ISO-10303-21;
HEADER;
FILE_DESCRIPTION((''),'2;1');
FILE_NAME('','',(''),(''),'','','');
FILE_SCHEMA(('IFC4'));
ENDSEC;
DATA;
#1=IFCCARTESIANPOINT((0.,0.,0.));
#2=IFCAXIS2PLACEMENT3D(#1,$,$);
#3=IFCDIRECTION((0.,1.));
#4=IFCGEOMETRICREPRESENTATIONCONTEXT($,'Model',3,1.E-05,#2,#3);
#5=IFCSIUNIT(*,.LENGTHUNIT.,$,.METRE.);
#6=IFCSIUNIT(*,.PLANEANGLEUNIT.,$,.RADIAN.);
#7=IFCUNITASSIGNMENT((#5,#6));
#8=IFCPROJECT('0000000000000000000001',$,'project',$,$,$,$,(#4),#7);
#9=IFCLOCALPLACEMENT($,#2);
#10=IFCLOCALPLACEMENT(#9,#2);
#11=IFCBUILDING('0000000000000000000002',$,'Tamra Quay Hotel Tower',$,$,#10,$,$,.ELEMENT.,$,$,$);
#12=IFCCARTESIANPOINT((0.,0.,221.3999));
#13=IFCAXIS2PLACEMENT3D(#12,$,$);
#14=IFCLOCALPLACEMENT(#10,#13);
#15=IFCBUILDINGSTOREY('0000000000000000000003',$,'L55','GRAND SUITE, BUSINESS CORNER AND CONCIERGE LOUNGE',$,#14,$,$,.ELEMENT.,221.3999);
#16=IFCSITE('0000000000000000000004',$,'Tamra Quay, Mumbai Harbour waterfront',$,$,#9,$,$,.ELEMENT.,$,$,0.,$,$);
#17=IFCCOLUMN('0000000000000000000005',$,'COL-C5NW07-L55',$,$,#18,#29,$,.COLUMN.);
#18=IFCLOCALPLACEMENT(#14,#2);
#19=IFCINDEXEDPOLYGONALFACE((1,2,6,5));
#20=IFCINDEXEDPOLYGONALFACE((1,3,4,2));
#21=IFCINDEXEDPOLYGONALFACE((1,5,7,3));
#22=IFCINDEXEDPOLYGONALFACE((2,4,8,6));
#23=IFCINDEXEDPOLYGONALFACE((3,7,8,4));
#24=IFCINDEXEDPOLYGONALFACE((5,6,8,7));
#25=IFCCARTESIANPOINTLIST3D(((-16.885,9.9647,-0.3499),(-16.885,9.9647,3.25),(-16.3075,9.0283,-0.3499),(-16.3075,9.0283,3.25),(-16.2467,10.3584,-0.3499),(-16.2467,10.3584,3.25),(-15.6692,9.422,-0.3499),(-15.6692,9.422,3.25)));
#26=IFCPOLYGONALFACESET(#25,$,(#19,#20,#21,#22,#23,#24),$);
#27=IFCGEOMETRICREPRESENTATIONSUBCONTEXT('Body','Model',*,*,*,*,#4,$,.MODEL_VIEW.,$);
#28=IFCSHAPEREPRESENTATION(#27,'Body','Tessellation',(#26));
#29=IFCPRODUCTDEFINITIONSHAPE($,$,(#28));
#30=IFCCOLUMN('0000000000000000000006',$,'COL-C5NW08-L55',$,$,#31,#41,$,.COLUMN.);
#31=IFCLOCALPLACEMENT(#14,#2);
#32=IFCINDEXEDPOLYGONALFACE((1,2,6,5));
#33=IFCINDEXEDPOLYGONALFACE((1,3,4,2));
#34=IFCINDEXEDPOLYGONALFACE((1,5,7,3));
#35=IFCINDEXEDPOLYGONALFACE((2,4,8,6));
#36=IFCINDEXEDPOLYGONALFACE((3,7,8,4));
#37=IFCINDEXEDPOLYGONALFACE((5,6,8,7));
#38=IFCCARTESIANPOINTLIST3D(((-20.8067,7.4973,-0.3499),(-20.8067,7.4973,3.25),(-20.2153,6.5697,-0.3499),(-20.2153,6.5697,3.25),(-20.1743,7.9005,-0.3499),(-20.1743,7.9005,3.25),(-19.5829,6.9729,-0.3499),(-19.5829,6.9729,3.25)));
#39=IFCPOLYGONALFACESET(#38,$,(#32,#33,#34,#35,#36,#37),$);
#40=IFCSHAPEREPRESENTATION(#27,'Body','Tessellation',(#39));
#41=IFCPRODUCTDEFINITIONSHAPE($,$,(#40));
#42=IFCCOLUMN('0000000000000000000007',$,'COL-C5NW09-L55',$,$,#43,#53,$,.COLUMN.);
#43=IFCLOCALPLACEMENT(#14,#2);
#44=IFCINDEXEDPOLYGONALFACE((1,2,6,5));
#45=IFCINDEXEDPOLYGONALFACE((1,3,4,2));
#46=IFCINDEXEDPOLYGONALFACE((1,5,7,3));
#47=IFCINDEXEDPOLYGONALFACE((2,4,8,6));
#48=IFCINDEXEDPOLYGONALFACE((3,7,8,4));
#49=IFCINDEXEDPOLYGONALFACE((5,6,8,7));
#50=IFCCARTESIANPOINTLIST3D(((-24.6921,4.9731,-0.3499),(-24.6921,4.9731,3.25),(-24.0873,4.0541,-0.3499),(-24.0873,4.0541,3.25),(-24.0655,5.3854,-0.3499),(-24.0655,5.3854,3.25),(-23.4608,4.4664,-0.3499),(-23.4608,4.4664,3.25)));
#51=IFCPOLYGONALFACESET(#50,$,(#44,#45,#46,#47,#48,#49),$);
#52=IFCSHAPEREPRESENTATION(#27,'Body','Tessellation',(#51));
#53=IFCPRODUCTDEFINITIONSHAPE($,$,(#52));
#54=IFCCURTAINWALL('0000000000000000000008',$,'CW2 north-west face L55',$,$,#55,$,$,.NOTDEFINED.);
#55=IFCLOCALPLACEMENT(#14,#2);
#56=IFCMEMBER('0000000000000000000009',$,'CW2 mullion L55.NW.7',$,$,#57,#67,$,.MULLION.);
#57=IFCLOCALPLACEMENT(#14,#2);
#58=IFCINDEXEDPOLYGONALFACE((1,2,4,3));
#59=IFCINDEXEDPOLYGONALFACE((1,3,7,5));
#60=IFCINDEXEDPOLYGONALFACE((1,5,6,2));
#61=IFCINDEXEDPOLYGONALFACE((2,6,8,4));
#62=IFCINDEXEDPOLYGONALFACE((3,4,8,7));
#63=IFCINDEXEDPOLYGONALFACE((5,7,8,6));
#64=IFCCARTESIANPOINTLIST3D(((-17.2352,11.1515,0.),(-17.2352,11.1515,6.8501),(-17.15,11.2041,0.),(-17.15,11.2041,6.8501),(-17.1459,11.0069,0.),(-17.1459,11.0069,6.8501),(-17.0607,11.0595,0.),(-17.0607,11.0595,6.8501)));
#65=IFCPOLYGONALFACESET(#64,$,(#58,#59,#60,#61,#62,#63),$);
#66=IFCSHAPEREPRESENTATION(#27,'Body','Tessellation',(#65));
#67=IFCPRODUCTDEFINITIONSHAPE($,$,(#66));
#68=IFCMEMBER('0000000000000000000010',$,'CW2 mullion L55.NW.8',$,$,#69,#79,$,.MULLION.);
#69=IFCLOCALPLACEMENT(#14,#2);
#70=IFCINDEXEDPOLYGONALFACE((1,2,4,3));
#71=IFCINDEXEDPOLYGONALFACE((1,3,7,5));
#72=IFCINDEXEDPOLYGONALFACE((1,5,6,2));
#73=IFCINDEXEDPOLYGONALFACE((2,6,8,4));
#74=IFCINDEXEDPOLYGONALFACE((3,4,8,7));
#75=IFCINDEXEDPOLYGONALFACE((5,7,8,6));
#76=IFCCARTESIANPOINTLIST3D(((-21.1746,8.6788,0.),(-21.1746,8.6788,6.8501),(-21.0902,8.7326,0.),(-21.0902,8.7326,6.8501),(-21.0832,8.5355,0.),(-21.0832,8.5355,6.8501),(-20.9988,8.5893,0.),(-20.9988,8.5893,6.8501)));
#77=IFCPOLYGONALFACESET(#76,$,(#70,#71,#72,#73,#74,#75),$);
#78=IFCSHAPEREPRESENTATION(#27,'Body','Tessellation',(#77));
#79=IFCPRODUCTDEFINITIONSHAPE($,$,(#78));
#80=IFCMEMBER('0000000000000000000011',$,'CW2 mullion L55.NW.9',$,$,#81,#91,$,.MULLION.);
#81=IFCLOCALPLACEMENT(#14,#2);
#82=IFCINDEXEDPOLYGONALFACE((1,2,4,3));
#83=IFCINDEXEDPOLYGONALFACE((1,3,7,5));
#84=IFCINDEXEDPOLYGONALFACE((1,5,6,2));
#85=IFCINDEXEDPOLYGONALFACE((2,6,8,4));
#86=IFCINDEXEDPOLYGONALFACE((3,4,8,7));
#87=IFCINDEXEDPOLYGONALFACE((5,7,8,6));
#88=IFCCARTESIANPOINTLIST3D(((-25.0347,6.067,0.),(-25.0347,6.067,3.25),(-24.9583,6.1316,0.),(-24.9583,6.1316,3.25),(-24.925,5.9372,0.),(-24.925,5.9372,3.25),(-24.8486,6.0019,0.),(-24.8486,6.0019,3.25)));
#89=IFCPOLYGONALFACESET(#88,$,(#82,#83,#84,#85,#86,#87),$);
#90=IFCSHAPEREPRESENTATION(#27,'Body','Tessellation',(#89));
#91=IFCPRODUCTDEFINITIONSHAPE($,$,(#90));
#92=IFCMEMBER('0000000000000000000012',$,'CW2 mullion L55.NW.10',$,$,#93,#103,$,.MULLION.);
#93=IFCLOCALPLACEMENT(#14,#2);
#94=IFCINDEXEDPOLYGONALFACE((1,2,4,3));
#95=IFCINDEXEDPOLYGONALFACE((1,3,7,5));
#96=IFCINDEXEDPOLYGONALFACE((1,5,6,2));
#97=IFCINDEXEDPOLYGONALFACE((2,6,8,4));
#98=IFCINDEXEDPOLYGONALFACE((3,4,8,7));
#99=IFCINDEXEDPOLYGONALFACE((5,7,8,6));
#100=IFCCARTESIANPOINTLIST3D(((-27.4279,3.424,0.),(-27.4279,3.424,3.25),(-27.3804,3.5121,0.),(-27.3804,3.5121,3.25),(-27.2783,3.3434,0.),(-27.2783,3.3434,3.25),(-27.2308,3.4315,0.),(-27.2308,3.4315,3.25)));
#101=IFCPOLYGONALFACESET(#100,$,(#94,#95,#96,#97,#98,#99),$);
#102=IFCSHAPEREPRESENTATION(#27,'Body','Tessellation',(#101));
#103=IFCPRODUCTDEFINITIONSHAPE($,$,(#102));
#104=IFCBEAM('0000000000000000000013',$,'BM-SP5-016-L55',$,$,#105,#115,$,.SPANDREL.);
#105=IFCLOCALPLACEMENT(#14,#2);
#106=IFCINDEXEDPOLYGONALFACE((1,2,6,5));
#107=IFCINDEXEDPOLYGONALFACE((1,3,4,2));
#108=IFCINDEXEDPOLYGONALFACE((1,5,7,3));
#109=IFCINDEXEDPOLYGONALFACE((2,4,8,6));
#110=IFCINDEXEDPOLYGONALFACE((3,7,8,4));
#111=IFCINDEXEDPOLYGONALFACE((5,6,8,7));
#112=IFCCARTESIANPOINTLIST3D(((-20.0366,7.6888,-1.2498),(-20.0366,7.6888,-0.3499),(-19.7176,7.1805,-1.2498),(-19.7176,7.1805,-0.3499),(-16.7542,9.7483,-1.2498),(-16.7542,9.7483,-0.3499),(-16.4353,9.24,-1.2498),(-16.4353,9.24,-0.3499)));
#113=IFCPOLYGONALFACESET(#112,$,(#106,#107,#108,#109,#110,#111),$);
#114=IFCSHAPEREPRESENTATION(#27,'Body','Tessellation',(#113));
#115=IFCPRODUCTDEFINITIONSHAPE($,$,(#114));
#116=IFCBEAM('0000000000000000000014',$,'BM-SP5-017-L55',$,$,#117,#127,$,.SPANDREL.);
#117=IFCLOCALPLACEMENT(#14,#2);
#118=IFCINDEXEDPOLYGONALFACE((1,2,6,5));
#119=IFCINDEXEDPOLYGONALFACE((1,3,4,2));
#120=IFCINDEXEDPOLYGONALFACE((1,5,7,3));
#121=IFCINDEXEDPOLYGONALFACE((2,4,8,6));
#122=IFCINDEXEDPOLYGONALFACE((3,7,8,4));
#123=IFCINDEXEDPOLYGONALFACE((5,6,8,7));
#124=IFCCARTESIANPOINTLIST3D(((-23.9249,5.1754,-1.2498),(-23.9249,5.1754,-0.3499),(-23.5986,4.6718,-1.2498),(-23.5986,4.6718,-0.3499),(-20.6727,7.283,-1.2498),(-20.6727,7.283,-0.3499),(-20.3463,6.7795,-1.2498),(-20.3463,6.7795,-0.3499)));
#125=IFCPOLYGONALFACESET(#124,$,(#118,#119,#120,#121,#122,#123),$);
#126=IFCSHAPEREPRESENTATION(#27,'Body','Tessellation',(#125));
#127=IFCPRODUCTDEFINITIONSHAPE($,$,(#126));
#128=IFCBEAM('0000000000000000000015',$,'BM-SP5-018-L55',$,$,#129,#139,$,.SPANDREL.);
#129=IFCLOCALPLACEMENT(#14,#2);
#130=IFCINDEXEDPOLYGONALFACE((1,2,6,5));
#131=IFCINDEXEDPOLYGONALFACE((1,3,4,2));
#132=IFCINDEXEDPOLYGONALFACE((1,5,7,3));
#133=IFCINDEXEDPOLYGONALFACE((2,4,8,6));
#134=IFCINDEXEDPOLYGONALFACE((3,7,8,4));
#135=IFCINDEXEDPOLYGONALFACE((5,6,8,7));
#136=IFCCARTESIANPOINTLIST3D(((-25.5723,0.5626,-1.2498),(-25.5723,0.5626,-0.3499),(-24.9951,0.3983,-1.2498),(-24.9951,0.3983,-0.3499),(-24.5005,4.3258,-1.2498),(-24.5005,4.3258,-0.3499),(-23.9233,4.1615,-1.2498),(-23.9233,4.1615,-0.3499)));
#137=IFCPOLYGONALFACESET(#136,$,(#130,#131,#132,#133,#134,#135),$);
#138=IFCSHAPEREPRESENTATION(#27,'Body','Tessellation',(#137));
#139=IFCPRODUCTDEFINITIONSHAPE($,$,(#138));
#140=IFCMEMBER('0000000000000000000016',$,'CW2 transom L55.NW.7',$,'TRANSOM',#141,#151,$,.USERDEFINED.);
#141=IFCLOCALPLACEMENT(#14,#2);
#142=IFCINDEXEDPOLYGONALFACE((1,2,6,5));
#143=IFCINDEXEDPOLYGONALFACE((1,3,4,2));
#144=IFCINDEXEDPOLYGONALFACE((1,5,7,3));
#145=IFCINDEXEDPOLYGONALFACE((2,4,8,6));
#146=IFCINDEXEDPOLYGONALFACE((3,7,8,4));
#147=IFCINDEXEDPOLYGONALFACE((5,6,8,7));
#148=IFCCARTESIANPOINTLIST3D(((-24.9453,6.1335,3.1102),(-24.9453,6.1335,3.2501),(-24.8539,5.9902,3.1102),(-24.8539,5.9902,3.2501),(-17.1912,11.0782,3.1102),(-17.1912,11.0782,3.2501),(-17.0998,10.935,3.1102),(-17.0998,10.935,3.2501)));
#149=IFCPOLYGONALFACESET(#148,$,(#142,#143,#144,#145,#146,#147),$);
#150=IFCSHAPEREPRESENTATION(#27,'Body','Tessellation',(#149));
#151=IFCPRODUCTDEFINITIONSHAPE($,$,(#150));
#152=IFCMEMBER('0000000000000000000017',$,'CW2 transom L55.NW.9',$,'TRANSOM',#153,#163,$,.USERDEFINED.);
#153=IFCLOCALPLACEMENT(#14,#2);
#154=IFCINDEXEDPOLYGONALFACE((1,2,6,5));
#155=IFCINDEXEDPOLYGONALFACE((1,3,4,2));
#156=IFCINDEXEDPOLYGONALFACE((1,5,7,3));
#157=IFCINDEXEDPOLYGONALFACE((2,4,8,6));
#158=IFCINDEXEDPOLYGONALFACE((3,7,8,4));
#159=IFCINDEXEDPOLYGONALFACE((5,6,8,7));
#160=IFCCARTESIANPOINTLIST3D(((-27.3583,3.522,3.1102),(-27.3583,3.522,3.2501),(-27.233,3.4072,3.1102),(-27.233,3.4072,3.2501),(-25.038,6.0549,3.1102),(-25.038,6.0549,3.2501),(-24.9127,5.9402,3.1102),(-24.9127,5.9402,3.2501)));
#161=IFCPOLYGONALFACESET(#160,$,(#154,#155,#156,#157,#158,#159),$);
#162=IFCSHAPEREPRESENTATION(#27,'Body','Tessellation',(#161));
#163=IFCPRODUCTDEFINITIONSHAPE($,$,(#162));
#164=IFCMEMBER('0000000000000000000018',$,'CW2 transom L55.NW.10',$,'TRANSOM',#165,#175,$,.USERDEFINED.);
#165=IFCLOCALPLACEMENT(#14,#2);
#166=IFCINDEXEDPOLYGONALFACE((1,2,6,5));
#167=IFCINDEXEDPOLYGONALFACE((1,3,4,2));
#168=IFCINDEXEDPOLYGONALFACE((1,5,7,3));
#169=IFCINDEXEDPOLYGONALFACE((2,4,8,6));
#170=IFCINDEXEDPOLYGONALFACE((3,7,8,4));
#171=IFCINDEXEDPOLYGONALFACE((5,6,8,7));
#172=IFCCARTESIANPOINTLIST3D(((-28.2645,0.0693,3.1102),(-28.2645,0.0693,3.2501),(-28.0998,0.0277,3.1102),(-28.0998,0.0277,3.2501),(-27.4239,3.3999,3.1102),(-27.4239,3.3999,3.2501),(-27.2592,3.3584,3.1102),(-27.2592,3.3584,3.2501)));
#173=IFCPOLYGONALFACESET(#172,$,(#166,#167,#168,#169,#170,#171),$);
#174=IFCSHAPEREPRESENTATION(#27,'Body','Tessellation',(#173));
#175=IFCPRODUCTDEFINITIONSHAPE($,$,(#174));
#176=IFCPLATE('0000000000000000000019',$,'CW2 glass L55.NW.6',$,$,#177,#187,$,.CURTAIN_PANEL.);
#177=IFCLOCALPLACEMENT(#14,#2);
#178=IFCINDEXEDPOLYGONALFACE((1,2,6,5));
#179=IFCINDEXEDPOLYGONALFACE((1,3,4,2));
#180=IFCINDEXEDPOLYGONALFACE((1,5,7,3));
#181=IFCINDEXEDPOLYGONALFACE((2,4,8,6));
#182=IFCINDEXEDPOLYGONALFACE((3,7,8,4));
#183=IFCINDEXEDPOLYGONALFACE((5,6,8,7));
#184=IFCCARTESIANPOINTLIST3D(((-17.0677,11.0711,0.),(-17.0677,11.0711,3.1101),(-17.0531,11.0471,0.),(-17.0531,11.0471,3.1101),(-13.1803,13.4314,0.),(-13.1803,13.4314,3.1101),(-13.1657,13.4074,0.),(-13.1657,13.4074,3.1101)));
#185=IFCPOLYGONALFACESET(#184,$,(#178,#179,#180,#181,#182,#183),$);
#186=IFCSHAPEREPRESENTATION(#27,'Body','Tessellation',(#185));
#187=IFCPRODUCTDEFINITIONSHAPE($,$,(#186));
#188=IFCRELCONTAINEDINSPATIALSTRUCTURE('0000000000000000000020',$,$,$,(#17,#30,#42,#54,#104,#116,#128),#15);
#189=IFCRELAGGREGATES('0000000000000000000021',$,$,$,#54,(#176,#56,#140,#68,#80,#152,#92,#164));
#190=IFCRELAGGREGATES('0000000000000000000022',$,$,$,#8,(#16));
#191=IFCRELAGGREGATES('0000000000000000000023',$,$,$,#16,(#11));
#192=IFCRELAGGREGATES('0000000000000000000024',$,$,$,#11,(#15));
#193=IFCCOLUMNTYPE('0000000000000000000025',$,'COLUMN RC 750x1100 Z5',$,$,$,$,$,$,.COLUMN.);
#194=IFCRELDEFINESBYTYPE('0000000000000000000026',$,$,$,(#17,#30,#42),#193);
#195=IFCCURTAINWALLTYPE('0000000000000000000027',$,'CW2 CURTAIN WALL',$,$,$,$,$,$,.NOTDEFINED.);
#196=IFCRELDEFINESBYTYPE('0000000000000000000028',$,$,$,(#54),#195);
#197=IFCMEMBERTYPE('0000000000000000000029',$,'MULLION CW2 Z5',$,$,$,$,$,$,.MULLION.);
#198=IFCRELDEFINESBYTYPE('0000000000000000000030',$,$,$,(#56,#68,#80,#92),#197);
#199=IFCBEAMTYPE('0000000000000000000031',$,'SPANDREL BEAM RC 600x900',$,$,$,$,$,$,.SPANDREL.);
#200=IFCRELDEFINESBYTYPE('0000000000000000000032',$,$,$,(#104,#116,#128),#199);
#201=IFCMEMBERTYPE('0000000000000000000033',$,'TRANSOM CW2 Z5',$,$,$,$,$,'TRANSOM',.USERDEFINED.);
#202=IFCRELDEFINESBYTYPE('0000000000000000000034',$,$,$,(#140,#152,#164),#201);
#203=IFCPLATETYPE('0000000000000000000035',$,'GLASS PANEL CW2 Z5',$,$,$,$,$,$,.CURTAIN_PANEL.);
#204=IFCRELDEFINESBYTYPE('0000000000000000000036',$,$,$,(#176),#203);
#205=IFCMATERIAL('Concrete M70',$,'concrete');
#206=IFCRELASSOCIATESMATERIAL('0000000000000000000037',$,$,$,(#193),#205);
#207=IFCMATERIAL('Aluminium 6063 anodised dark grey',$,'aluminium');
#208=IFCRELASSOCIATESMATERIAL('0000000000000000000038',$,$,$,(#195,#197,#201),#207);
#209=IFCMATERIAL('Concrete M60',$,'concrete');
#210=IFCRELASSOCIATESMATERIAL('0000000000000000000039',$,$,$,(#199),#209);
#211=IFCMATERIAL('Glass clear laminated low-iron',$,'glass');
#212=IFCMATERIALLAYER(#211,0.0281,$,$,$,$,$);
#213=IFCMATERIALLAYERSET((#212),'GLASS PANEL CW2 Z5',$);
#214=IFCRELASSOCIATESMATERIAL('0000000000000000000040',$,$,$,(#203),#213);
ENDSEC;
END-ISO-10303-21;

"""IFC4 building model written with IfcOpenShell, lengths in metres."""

from ifc_helpers import new_model, si_unit, direction, frame, origin, origin_2d, place, context, subcontext, project, spatial, rectangle, extrude, material, layer, layer_set, material_profile, profile_set, type_object, element, aggregate, save


model = new_model("IFC4")

# Units and contexts
model_context = context("Model", 3, precision=1e-05, world=origin(), true_north=direction((0.0, 1.0)))
body_context = subcontext(model_context, "Body", "Model", "MODEL_VIEW")
ifc_project = project(units=[si_unit("LENGTHUNIT", "METRE"), si_unit("PLANEANGLEUNIT", "RADIAN")], contexts=[model_context])

# Site, building, storey
site_placement = place(None, origin())
site = spatial("IfcSite", under=ifc_project, at=site_placement, Name="Tamra Quay, Mumbai Harbour waterfront", CompositionType="ELEMENT", RefElevation=0.0)
building_placement = place(site_placement, origin())
building = spatial("IfcBuilding", under=site, at=building_placement, Name="Tamra Quay Hotel Tower", CompositionType="ELEMENT")
storey_placement = place(building_placement, frame((0.0, 0.0, 221.3999)))
storey = spatial("IfcBuildingStorey", under=building, at=storey_placement, Name="L55", Description="GRAND SUITE, BUSINESS CORNER AND CONCIERGE LOUNGE", CompositionType="ELEMENT", Elevation=221.3999)

# Columns
ifc_material_1 = material(Name="Concrete M70", Category="concrete")
ifc_material_profile_1 = material_profile(ifc_material_1, rectangle(XDim=1.1001, YDim=0.75, at=origin_2d()), Name="COLUMN RC 750x1100 Z5")
ifc_profile_set_1 = profile_set([ifc_material_profile_1], Name="Concrete M70")
column_type = type_object("IfcColumnType", Name="COLUMN RC 750x1100 Z5", PredefinedType="COLUMN", material=ifc_profile_set_1)
for number, where, z_axis, x_axis, name in (
    (1, (-16.2771, 9.6934, -0.3499), (0.0, 0.0, 1.0), (-0.524928, 0.851147, 0.0), "COL-C5NW07-L55"),
    (2, (-20.1948, 7.2351, -0.3499), (0.0, 0.0, 1.0), (-0.537585, 0.843209, 0.0), "COL-C5NW08-L55"),
    (3, (-24.0764, 4.7197, -0.3499), (0.0, 0.0, 1.0), (-0.549739, 0.835337, 0.0), "COL-C5NW09-L55"),
):
    element("IfcColumn", number, at=place(storey_placement, frame(where, z_axis=z_axis, x_axis=x_axis)), inside=storey, type_object=column_type, Name=name, PredefinedType="COLUMN", context=body_context, shape_type="SweptSolid", body=[
        extrude(rectangle(XDim=1.1001, YDim=0.75, at=origin_2d()), origin(), (0.0, 0.0, 1.0), 3.5999),
    ])

# Curtain wall, members
ifc_material_2 = material(Name="Aluminium 6063 anodised dark grey", Category="aluminium")
curtain_wall_type = type_object("IfcCurtainWallType", Name="CW2 CURTAIN WALL", PredefinedType="NOTDEFINED", material=ifc_material_2)
curtain_wall_placement = place(storey_placement, origin())
curtain_wall = element("IfcCurtainWall", 4, at=curtain_wall_placement, inside=storey, type_object=curtain_wall_type, Name="CW2 north-west face L55", PredefinedType="NOTDEFINED")
ifc_material_profile_2 = material_profile(ifc_material_2, rectangle(XDim=0.1699, YDim=0.1001, at=origin_2d()), Name="MULLION 100X170")
ifc_profile_set_2 = profile_set([ifc_material_profile_2], Name="Aluminium 6063 anodised dark grey")
member_type_1 = type_object("IfcMemberType", Name="MULLION CW2 Z5", PredefinedType="MULLION", material=ifc_profile_set_2)
member_1_placement = place(storey_placement, frame((-17.1479, 11.1055, 0.0), z_axis=(0.0, 0.0, 1.0), x_axis=(-0.525249, 0.850949, 0.0)))
member_1 = element("IfcMember", 5, at=member_1_placement, type_object=member_type_1, Name="CW2 mullion L55.NW.7", PredefinedType="MULLION", context=body_context, shape_type="SweptSolid", body=[
    extrude(rectangle(XDim=0.1699, YDim=0.1001, at=origin_2d()), origin(), (0.0, 0.0, 1.0), 6.8501),
])
member_2_placement = place(storey_placement, frame((-21.0867, 8.634, 0.0), z_axis=(0.0, 0.0, 1.0), x_axis=(-0.537684, 0.843146, 0.0)))
member_2 = element("IfcMember", 6, at=member_2_placement, type_object=member_type_1, Name="CW2 mullion L55.NW.8", PredefinedType="MULLION", context=body_context, shape_type="SweptSolid", body=[
    extrude(rectangle(XDim=0.1699, YDim=0.1001, at=origin_2d()), origin(), (0.0, 0.0, 1.0), 6.8501),
])
member_3_placement = place(storey_placement, frame((-24.9417, 6.0344, 0.0), z_axis=(0.0, 0.0, 1.0), x_axis=(-0.645846, 0.763467, 0.0)))
member_3 = element("IfcMember", 7, at=member_3_placement, type_object=member_type_1, Name="CW2 mullion L55.NW.9", PredefinedType="MULLION", context=body_context, shape_type="SweptSolid", body=[
    extrude(rectangle(XDim=0.1699, YDim=0.1001, at=origin_2d()), origin(), (0.0, 0.0, 1.0), 3.25),
])
member_4_placement = place(storey_placement, frame((-27.3293, 3.4277, 0.0), z_axis=(0.0, 0.0, 1.0), x_axis=(-0.880267, 0.474479, 0.0)))
member_4 = element("IfcMember", 8, at=member_4_placement, type_object=member_type_1, Name="CW2 mullion L55.NW.10", PredefinedType="MULLION", context=body_context, shape_type="SweptSolid", body=[
    extrude(rectangle(XDim=0.1699, YDim=0.1001, at=origin_2d()), origin(), (0.0, 0.0, 1.0), 3.25),
])

# Beams
ifc_material_3 = material(Name="Concrete M60", Category="concrete")
ifc_material_profile_3 = material_profile(ifc_material_3, rectangle(XDim=0.6001, YDim=0.8999, at=origin_2d()), Name="SPANDREL BEAM RC 600x900")
ifc_profile_set_3 = profile_set([ifc_material_profile_3], Name="Concrete M60")
beam_type = type_object("IfcBeamType", Name="SPANDREL BEAM RC 600x900", PredefinedType="SPANDREL", material=ifc_profile_set_3)
beam_1_placement = place(storey_placement, frame((-16.5947, 9.4941, -0.7998), z_axis=(-0.847066, -0.531488, 0.0), x_axis=(0.531488, -0.847066, 0.0)))
element("IfcBeam", 9, at=beam_1_placement, inside=storey, type_object=beam_type, Name="BM-SP5-016-L55", PredefinedType="SPANDREL", context=body_context, shape_type="SweptSolid", body=[
    extrude(rectangle(XDim=0.6001, YDim=0.8999, at=origin_2d()), origin(), (0.0, 0.0, 1.0), 3.875),
])
beam_2_placement = place(storey_placement, frame((-20.5095, 7.0312, -0.7998), z_axis=(-0.839181, -0.543852, 0.0), x_axis=(0.543852, -0.839181, 0.0)))
element("IfcBeam", 10, at=beam_2_placement, inside=storey, type_object=beam_type, Name="BM-SP5-017-L55", PredefinedType="SPANDREL", context=body_context, shape_type="SweptSolid", body=[
    extrude(rectangle(XDim=0.6001, YDim=0.8999, at=origin_2d()), origin(), (0.0, 0.0, 1.0), 3.8755),
])
beam_3_placement = place(storey_placement, frame((-24.2119, 4.2437, -0.7998), z_axis=(-0.273913, -0.961754, 0.0), x_axis=(0.961754, -0.273913, 0.0)))
element("IfcBeam", 11, at=beam_3_placement, inside=storey, type_object=beam_type, Name="BM-SP5-018-L55", PredefinedType="SPANDREL", context=body_context, shape_type="SweptSolid", body=[
    extrude(rectangle(XDim=0.6001, YDim=0.8999, at=origin_2d()), origin(), (0.0, 0.0, 1.0), 3.9128),
])

# Members
ifc_material_profile_4 = material_profile(ifc_material_2, rectangle(XDim=0.1699, YDim=0.1399, at=origin_2d()), Name="TRANSOM 170X140")
ifc_profile_set_4 = profile_set([ifc_material_profile_4], Name="Aluminium 6063 anodised dark grey")
member_type_2 = type_object("IfcMemberType", Name="TRANSOM CW2 Z5", ElementType="TRANSOM", PredefinedType="USERDEFINED", material=ifc_profile_set_4)
member_5_placement = place(storey_placement, frame((-17.1455, 11.0066, 3.1802), z_axis=(-0.843151, -0.537677, 0.0), x_axis=(0.537677, -0.843151, 0.0)))
member_5 = element("IfcMember", 12, at=member_5_placement, type_object=member_type_2, Name="CW2 transom L55.NW.7", ObjectType="TRANSOM", PredefinedType="USERDEFINED", context=body_context, shape_type="SweptSolid", body=[
    extrude(rectangle(XDim=0.1699, YDim=0.1399, at=origin_2d()), origin(), (0.0, 0.0, 1.0), 9.1965),
])
member_6_placement = place(storey_placement, frame((-24.9753, 5.9976, 3.1802), z_axis=(-0.675477, -0.737381, 0.0), x_axis=(0.737381, -0.675477, 0.0)))
member_6 = element("IfcMember", 13, at=member_6_placement, type_object=member_type_2, Name="CW2 transom L55.NW.9", ObjectType="TRANSOM", PredefinedType="USERDEFINED", context=body_context, shape_type="SweptSolid", body=[
    extrude(rectangle(XDim=0.1699, YDim=0.1399, at=origin_2d()), origin(), (0.0, 0.0, 1.0), 3.4351),
])
member_7_placement = place(storey_placement, frame((-27.3416, 3.3792, 3.1802), z_axis=(-0.244709, -0.969597, 0.0), x_axis=(0.969597, -0.244709, 0.0)))
member_7 = element("IfcMember", 14, at=member_7_placement, type_object=member_type_2, Name="CW2 transom L55.NW.10", ObjectType="TRANSOM", PredefinedType="USERDEFINED", context=body_context, shape_type="SweptSolid", body=[
    extrude(rectangle(XDim=0.1699, YDim=0.1399, at=origin_2d()), origin(), (0.0, 0.0, 1.0), 3.4351),
])

# Plate
ifc_material_4 = material(Name="Glass clear laminated low-iron", Category="glass")
ifc_layer_1 = layer(ifc_material_4, 0.0281)
ifc_layer_set_1 = layer_set([ifc_layer_1], Name="GLASS PANEL CW2 Z5")
plate_type = type_object("IfcPlateType", Name="GLASS PANEL CW2 Z5", PredefinedType="CURTAIN_PANEL", material=ifc_layer_set_1)
plate_1_placement = place(storey_placement, frame((-15.1167, 12.2393, 0.0), z_axis=(0.0, 0.0, 1.0), x_axis=(-0.854783, -0.518985, 0.0)))
plate_1 = element("IfcPlate", 15, at=plate_1_placement, type_object=plate_type, Name="CW2 glass L55.NW.6", PredefinedType="CURTAIN_PANEL", context=body_context, shape_type="SweptSolid", body=[
    extrude(rectangle(XDim=4.5479, YDim=0.0281, at=origin_2d()), origin(), (0.0, 0.0, 1.0), 3.1101),
])
aggregate(curtain_wall, [plate_1, member_1, member_5, member_2, member_3, member_6, member_4, member_7])

save(model, "model.ifc")
